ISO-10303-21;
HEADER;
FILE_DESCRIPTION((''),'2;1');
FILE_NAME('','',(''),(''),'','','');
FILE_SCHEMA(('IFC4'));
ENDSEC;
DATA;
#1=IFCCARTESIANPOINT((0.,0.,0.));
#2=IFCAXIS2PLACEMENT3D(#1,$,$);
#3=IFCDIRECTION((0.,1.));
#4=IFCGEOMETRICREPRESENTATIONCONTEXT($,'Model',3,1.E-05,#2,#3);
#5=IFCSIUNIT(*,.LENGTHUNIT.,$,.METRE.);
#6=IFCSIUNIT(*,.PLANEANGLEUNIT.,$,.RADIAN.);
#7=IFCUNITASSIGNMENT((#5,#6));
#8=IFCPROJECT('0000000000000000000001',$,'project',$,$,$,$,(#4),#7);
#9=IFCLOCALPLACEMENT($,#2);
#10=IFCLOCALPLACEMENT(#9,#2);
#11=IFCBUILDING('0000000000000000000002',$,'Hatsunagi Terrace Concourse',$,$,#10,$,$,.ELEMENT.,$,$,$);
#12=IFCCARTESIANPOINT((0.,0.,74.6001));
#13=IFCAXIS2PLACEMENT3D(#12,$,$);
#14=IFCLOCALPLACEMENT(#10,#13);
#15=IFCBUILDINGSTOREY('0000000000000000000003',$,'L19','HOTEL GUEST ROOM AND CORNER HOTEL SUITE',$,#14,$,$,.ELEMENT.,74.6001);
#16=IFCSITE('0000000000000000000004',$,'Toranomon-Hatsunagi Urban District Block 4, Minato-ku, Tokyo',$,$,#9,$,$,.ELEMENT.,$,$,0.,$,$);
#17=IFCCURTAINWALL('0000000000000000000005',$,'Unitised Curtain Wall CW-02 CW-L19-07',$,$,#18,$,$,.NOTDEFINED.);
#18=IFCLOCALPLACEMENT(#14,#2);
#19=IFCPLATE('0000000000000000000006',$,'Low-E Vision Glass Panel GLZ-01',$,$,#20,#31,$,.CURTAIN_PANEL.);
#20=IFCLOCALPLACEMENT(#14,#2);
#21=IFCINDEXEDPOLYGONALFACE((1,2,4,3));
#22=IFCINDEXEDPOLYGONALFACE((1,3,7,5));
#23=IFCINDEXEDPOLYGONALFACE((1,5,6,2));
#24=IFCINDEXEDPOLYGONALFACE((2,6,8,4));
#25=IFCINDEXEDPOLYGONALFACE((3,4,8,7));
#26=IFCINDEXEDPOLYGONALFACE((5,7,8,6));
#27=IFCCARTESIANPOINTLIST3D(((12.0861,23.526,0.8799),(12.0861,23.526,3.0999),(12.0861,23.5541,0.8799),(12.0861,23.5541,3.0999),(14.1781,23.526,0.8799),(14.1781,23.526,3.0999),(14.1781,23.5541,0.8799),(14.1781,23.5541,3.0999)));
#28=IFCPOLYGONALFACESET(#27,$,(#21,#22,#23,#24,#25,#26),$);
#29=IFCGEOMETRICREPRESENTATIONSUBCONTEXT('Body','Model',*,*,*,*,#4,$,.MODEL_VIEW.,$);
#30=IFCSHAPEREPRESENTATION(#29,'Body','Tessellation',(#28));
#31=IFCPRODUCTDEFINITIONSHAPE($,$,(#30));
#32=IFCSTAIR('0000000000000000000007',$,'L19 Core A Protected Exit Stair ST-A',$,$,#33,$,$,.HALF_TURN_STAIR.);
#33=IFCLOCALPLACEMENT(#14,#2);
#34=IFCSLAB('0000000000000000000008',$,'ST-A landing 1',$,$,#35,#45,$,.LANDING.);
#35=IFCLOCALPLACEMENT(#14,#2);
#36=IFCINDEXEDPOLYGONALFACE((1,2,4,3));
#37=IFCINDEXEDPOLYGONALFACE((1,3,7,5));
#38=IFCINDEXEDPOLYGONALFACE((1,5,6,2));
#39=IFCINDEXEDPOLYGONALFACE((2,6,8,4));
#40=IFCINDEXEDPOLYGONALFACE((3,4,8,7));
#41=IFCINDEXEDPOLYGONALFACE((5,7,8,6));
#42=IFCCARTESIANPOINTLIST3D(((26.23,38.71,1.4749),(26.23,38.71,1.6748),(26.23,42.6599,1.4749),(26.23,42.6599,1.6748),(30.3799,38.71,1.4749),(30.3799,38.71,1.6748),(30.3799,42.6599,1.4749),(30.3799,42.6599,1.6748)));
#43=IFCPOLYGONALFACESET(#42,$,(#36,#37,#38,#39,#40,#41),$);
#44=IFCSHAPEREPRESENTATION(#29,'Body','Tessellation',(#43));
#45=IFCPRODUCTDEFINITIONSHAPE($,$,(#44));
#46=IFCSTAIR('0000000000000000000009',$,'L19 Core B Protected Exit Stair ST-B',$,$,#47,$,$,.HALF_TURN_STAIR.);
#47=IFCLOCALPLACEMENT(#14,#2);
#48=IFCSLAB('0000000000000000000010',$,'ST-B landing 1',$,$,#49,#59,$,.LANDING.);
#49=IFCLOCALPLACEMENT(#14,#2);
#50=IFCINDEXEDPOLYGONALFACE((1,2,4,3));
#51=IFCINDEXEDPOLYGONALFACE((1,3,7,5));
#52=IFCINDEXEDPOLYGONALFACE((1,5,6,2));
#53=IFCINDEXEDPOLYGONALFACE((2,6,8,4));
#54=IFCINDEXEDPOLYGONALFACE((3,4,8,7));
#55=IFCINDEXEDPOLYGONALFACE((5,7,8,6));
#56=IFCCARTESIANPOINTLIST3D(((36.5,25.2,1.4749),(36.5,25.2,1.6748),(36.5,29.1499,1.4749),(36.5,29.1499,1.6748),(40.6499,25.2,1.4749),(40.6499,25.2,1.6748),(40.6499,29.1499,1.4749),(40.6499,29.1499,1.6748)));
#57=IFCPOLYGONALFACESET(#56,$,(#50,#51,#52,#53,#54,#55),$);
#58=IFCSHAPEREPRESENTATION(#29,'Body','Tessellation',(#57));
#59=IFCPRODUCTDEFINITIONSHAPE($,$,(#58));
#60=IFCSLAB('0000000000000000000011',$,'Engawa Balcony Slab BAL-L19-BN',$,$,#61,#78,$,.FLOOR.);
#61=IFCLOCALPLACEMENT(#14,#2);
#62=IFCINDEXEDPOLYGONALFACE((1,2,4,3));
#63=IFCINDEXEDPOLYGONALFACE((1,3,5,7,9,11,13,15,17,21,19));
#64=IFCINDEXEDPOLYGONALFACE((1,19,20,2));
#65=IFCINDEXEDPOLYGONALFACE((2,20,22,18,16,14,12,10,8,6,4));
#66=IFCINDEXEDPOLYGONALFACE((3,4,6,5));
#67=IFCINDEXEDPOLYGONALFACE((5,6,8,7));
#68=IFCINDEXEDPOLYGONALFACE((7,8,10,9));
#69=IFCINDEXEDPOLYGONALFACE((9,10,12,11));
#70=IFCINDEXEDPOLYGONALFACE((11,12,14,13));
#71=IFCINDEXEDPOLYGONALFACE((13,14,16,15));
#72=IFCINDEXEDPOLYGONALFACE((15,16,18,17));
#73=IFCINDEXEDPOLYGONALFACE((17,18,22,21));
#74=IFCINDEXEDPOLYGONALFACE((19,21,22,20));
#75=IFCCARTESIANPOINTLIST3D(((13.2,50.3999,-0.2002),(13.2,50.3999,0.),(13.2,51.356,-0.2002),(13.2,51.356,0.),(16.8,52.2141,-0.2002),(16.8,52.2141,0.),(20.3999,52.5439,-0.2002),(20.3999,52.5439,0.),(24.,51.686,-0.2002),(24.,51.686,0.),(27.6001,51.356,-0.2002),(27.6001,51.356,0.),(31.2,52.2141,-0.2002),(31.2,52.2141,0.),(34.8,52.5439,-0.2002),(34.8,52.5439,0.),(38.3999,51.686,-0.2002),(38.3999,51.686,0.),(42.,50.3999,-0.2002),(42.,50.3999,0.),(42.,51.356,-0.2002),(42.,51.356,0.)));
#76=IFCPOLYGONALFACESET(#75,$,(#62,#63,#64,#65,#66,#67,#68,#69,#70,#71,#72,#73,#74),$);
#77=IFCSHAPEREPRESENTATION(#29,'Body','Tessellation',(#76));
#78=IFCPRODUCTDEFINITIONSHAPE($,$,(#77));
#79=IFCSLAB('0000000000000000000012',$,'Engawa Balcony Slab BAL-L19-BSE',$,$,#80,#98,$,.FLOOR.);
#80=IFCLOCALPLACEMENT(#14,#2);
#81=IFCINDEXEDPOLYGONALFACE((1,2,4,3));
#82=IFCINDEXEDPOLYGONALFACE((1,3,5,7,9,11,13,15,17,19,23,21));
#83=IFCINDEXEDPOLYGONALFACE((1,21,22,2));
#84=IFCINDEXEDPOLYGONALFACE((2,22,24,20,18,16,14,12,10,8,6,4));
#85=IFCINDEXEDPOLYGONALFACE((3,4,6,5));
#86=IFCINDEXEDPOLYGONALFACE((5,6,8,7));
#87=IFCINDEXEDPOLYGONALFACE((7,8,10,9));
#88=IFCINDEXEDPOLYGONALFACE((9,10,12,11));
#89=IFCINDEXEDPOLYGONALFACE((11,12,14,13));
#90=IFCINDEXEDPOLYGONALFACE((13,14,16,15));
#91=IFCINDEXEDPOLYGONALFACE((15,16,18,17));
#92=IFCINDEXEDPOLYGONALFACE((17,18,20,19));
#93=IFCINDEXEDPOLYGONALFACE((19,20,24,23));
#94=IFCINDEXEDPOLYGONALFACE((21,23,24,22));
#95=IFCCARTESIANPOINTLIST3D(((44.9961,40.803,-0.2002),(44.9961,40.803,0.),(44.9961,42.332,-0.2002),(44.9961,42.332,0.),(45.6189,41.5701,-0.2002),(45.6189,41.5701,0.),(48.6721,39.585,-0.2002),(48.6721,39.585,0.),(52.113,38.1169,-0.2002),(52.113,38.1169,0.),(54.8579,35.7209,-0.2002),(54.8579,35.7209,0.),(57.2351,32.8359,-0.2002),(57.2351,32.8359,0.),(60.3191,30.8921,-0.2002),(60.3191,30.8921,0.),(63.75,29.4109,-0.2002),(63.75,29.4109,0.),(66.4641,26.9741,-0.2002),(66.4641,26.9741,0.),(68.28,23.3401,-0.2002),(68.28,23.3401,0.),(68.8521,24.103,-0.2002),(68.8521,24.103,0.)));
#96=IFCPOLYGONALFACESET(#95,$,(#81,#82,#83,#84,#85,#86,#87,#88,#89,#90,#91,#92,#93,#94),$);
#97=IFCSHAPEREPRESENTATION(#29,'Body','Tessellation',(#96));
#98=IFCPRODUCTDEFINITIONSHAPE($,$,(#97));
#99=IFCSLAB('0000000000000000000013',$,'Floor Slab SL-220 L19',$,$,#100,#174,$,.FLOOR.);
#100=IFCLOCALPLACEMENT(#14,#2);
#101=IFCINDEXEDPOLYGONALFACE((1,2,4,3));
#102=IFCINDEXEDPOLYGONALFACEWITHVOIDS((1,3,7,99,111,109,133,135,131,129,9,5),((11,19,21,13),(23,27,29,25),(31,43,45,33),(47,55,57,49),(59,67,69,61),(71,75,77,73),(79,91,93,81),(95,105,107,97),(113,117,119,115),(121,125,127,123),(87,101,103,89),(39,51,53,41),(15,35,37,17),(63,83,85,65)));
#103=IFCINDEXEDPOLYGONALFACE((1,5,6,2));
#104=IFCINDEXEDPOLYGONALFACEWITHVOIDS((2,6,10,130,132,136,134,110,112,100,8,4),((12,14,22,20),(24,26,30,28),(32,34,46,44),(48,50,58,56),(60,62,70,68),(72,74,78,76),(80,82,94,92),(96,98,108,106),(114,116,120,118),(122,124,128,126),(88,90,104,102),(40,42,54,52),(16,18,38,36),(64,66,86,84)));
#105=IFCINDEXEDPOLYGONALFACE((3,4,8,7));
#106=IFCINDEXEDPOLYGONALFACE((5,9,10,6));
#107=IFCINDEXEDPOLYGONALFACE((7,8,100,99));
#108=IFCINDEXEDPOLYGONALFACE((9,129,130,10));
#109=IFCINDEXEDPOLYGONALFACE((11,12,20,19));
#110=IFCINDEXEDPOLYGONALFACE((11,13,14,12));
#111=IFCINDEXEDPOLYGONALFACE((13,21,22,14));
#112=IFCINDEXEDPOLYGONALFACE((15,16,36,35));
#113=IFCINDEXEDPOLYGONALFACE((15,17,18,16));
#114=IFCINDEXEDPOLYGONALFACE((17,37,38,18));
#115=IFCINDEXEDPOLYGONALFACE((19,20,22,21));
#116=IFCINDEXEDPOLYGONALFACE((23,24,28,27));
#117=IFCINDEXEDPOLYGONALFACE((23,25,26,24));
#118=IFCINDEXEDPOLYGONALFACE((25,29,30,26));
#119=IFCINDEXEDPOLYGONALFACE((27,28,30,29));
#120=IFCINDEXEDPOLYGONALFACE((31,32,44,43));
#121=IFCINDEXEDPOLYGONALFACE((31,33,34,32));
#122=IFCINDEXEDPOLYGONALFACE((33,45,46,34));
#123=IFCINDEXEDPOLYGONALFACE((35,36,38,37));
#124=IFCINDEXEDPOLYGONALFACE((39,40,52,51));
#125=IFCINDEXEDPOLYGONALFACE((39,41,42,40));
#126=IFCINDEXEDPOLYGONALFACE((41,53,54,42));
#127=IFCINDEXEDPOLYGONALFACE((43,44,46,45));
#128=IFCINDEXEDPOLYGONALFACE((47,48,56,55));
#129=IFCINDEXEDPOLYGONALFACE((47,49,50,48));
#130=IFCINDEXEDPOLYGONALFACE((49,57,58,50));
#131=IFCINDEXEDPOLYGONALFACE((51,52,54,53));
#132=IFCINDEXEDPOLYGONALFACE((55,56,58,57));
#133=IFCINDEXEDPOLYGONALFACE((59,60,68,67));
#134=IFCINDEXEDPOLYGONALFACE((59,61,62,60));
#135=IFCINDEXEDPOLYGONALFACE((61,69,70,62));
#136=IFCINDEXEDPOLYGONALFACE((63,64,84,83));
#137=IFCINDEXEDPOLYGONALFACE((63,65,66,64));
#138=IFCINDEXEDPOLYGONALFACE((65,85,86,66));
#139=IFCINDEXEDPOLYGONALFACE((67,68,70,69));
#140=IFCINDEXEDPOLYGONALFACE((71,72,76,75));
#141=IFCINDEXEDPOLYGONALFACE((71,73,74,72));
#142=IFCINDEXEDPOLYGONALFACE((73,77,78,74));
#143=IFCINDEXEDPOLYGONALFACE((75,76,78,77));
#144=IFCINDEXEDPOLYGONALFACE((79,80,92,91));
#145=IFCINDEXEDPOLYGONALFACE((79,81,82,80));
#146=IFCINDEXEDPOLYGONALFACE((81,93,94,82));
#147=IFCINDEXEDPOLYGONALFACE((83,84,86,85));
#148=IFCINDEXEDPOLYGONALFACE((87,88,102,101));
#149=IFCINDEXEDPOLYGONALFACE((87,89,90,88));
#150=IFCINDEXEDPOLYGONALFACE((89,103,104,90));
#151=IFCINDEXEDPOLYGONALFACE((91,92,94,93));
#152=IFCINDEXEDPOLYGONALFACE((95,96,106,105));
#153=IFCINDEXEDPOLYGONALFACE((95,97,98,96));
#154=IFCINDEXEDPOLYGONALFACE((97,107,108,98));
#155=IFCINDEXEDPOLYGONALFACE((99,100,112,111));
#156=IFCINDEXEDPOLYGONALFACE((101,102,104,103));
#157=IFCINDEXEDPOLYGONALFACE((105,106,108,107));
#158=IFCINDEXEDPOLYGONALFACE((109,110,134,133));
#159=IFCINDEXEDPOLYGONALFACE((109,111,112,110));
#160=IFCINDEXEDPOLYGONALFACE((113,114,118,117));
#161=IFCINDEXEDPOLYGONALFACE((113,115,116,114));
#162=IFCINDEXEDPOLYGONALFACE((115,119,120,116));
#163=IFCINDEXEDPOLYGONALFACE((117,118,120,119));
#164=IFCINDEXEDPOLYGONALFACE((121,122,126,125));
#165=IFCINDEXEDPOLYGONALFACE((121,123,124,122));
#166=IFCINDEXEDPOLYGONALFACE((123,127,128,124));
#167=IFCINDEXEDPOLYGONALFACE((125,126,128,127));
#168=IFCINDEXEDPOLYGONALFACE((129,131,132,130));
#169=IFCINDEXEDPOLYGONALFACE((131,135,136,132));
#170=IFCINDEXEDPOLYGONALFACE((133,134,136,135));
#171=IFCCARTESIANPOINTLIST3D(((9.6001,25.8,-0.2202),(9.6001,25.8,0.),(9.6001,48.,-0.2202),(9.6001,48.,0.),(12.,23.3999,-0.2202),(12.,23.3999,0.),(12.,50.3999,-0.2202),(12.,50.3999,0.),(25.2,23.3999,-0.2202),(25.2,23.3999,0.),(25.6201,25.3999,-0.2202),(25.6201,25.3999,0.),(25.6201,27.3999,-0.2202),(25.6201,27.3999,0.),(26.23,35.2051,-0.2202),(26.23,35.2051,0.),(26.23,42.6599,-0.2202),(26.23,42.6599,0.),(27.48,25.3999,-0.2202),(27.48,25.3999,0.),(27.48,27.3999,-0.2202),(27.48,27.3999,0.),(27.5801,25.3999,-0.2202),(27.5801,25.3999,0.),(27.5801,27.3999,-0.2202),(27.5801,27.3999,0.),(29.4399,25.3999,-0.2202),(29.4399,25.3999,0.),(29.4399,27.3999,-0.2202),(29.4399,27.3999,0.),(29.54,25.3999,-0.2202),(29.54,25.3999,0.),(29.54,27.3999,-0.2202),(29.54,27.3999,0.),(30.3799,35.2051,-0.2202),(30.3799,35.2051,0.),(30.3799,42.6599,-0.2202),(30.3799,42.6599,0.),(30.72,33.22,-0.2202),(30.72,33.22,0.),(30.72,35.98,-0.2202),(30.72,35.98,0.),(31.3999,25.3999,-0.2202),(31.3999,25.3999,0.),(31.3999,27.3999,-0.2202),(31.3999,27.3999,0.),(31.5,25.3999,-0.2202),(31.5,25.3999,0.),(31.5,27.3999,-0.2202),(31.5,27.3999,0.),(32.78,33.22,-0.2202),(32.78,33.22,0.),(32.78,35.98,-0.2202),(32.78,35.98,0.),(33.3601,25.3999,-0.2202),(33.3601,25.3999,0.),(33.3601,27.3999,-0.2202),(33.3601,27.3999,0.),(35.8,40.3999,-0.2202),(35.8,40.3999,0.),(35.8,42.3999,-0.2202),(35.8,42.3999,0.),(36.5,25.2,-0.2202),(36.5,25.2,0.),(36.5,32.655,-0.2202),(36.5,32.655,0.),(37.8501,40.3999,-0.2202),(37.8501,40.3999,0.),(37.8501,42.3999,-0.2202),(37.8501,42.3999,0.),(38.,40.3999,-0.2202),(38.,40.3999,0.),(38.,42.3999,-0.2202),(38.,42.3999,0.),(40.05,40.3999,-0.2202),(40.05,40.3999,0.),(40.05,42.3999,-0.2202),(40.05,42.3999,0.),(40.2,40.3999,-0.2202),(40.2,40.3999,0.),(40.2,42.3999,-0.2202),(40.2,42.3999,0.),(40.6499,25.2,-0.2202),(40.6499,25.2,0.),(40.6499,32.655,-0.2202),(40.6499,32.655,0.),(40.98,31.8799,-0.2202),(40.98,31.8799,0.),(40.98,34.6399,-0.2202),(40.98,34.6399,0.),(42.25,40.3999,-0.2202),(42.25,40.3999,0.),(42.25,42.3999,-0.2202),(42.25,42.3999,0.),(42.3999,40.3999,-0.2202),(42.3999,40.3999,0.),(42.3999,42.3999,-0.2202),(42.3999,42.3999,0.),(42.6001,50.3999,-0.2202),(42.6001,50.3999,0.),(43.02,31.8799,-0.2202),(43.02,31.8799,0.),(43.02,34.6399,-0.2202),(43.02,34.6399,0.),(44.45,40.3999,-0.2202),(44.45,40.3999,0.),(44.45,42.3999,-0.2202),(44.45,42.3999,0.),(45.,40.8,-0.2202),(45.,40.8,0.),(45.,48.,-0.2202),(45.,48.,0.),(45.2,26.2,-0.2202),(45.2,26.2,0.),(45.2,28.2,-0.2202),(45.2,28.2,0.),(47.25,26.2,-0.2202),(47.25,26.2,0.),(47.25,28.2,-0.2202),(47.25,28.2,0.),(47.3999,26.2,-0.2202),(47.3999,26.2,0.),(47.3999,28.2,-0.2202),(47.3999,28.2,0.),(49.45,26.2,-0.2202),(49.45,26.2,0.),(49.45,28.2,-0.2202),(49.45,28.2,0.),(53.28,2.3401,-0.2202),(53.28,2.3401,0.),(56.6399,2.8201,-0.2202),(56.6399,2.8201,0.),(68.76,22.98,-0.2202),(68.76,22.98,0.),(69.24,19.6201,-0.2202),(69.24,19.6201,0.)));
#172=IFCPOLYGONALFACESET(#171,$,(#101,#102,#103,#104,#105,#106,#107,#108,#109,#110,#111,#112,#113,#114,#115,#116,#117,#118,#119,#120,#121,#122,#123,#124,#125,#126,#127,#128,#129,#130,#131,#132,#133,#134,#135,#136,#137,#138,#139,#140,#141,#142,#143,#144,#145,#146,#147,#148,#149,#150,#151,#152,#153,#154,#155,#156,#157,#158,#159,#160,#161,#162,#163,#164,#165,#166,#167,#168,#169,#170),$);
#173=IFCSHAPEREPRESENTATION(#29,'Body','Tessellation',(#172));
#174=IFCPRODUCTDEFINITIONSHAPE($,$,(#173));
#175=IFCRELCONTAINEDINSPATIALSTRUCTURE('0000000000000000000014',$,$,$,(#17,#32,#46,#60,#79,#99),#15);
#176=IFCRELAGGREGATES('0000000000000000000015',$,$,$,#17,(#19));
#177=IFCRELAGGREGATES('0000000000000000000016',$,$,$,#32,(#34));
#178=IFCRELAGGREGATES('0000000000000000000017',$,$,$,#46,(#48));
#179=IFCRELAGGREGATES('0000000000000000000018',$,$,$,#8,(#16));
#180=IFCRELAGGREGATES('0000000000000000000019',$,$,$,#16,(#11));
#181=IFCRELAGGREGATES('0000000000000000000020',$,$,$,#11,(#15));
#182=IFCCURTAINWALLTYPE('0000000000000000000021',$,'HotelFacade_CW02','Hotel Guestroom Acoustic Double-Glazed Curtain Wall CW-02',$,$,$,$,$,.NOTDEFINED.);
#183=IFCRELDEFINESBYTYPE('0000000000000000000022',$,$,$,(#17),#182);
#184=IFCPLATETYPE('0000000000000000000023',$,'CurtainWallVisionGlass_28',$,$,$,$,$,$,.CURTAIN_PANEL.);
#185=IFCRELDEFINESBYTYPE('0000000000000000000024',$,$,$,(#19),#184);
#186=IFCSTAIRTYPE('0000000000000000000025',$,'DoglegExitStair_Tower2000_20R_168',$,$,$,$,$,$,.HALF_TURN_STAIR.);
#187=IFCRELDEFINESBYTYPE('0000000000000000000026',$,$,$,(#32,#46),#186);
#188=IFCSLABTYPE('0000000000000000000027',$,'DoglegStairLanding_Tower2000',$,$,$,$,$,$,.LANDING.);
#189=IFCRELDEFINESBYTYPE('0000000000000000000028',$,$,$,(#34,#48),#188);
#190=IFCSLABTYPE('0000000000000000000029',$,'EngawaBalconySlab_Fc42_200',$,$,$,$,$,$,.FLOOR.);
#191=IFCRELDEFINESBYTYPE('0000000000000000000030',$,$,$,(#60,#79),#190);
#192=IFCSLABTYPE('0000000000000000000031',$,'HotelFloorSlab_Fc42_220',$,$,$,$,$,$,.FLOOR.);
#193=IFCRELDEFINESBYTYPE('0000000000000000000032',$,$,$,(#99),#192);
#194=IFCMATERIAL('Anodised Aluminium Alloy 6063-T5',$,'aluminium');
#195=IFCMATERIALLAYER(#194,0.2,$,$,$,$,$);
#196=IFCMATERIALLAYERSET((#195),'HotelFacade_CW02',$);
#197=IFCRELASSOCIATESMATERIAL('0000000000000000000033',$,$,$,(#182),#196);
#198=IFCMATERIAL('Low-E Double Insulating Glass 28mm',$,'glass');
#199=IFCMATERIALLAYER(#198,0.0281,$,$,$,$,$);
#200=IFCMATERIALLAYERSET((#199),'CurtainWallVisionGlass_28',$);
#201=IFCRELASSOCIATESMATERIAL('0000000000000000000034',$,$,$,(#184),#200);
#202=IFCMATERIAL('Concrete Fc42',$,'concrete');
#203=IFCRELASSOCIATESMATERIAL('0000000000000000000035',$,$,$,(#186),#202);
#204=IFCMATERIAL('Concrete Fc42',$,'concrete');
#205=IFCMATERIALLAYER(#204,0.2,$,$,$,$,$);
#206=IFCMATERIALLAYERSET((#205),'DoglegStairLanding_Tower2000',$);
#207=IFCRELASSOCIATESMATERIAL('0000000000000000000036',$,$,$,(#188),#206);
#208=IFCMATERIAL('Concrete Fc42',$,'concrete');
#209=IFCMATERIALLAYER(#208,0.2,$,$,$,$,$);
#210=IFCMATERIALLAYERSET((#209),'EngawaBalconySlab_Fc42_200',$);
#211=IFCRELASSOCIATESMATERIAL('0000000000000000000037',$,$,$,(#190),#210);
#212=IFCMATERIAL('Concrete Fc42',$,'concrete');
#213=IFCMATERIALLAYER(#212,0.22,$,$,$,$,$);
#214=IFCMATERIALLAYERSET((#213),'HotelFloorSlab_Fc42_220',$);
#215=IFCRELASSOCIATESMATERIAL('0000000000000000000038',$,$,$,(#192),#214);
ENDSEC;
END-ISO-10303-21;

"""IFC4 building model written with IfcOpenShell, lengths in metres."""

from ifc_helpers import new_model, si_unit, direction, frame, origin, origin_2d, place, context, subcontext, project, spatial, polyline, rectangle, outline, extrude, material, layer, layer_set, type_object, element, aggregate, save


model = new_model("IFC4")

# Units and contexts
model_context = context("Model", 3, precision=1e-05, world=origin(), true_north=direction((0.0, 1.0)))
body_context = subcontext(model_context, "Body", "Model", "MODEL_VIEW")
ifc_project = project(units=[si_unit("LENGTHUNIT", "METRE"), si_unit("PLANEANGLEUNIT", "RADIAN")], contexts=[model_context])

# Site, building, storey
site_placement = place(None, origin())
site = spatial("IfcSite", under=ifc_project, at=site_placement, Name="Toranomon-Hatsunagi Urban District Block 4, Minato-ku, Tokyo", CompositionType="ELEMENT", RefElevation=0.0)
building_placement = place(site_placement, origin())
building = spatial("IfcBuilding", under=site, at=building_placement, Name="Hatsunagi Terrace Concourse", CompositionType="ELEMENT")
storey_placement = place(building_placement, frame((0.0, 0.0, 74.6001)))
storey = spatial("IfcBuildingStorey", under=building, at=storey_placement, Name="L19", Description="HOTEL GUEST ROOM AND CORNER HOTEL SUITE", CompositionType="ELEMENT", Elevation=74.6001)

# Curtain wall
ifc_material_1 = material(Name="Anodised Aluminium Alloy 6063-T5", Category="aluminium")
ifc_layer_1 = layer(ifc_material_1, 0.2)
ifc_layer_set_1 = layer_set([ifc_layer_1], Name="HotelFacade_CW02")
curtain_wall_type = type_object("IfcCurtainWallType", Name="HotelFacade_CW02", Description="Hotel Guestroom Acoustic Double-Glazed Curtain Wall CW-02", PredefinedType="NOTDEFINED", material=ifc_layer_set_1)
curtain_wall_placement = place(storey_placement, origin())
curtain_wall = element("IfcCurtainWall", 1, at=curtain_wall_placement, inside=storey, type_object=curtain_wall_type, Name="Unitised Curtain Wall CW-02 CW-L19-07", PredefinedType="NOTDEFINED")

# Plate
ifc_material_2 = material(Name="Low-E Double Insulating Glass 28mm", Category="glass")
ifc_layer_2 = layer(ifc_material_2, 0.0281)
ifc_layer_set_2 = layer_set([ifc_layer_2], Name="CurtainWallVisionGlass_28")
plate_type_1 = type_object("IfcPlateType", Name="CurtainWallVisionGlass_28", PredefinedType="CURTAIN_PANEL", material=ifc_layer_set_2)
plate_1_placement = place(storey_placement, frame((13.1321, 23.54, 0.8799), z_axis=(0.0, 0.0, 1.0), x_axis=(-1.0, 0.0, 0.0)))
plate_1 = element("IfcPlate", 2, at=plate_1_placement, type_object=plate_type_1, Name="Low-E Vision Glass Panel GLZ-01", PredefinedType="CURTAIN_PANEL", context=body_context, shape_type="SweptSolid", body=[
    extrude(rectangle(XDim=2.092, YDim=0.0281, at=origin_2d()), origin(), (0.0, 0.0, 1.0), 2.22),
])
aggregate(curtain_wall, [plate_1])

# Stairs, slabs
ifc_material_3 = material(Name="Concrete Fc42", Category="concrete")
stair_type = type_object("IfcStairType", Name="DoglegExitStair_Tower2000_20R_168", PredefinedType="HALF_TURN_STAIR", material=ifc_material_3)
stair_1_placement = place(storey_placement, origin())
stair_1 = element("IfcStair", 3, at=stair_1_placement, inside=storey, type_object=stair_type, Name="L19 Core A Protected Exit Stair ST-A", PredefinedType="HALF_TURN_STAIR")
ifc_material_4 = material(Name="Concrete Fc42", Category="concrete")
ifc_layer_3 = layer(ifc_material_4, 0.2)
ifc_layer_set_3 = layer_set([ifc_layer_3], Name="DoglegStairLanding_Tower2000")
slab_type_1 = type_object("IfcSlabType", Name="DoglegStairLanding_Tower2000", PredefinedType="LANDING", material=ifc_layer_set_3)
slab_1_placement = place(storey_placement, frame((0.0, 0.0, 1.4749)))
slab_1 = element("IfcSlab", 4, at=slab_1_placement, type_object=slab_type_1, Name="ST-A landing 1", PredefinedType="LANDING", context=body_context, shape_type="SweptSolid", body=[
    extrude(outline(polyline([(30.3799, 38.71), (30.3799, 42.6599), (26.23, 42.6599), (26.23, 38.71), (30.3799, 38.71)])), origin(), (0.0, 0.0, 1.0), 0.2),
])
aggregate(stair_1, [slab_1])
stair_2_placement = place(storey_placement, origin())
stair_2 = element("IfcStair", 5, at=stair_2_placement, inside=storey, type_object=stair_type, Name="L19 Core B Protected Exit Stair ST-B", PredefinedType="HALF_TURN_STAIR")
slab_2_placement = place(storey_placement, frame((0.0, 0.0, 1.4749)))
slab_2 = element("IfcSlab", 6, at=slab_2_placement, type_object=slab_type_1, Name="ST-B landing 1", PredefinedType="LANDING", context=body_context, shape_type="SweptSolid", body=[
    extrude(outline(polyline([(36.5, 29.1499), (36.5, 25.2), (40.6499, 25.2), (40.6499, 29.1499), (36.5, 29.1499)])), origin(), (0.0, 0.0, 1.0), 0.2),
])
aggregate(stair_2, [slab_2])

# Slabs
ifc_material_5 = material(Name="Concrete Fc42", Category="concrete")
ifc_layer_4 = layer(ifc_material_5, 0.2)
ifc_layer_set_4 = layer_set([ifc_layer_4], Name="EngawaBalconySlab_Fc42_200")
slab_type_2 = type_object("IfcSlabType", Name="EngawaBalconySlab_Fc42_200", PredefinedType="FLOOR", material=ifc_layer_set_4)
slab_3_placement = place(storey_placement, frame((0.0, 0.0, -0.2002)))
element("IfcSlab", 7, at=slab_3_placement, inside=storey, type_object=slab_type_2, Name="Engawa Balcony Slab BAL-L19-BN", PredefinedType="FLOOR", context=body_context, shape_type="SweptSolid", body=[
    extrude(outline(polyline([(13.2, 51.356), (13.2, 50.3999), (42.0, 50.3999), (42.0, 51.356), (38.3999, 51.686), (34.8, 52.5439), (31.2, 52.2141), (27.6001, 51.356), (24.0, 51.686), (20.3999, 52.5439), (16.8, 52.2141), (13.2, 51.356)])), origin(), (0.0, 0.0, 1.0), 0.2002),
])
slab_4_placement = place(storey_placement, frame((0.0, 0.0, -0.2002)))
element("IfcSlab", 8, at=slab_4_placement, inside=storey, type_object=slab_type_2, Name="Engawa Balcony Slab BAL-L19-BSE", PredefinedType="FLOOR", context=body_context, shape_type="SweptSolid", body=[
    extrude(outline(polyline([(45.6189, 41.5701), (44.9961, 42.332), (44.9961, 40.803), (68.28, 23.3401), (68.8521, 24.103), (66.4641, 26.9741), (63.75, 29.4109), (60.3191, 30.8921), (57.2351, 32.8359), (54.8579, 35.7209), (52.113, 38.1169), (48.6721, 39.585), (45.6189, 41.5701)])), origin(), (0.0, 0.0, 1.0), 0.2002),
])
ifc_material_6 = material(Name="Concrete Fc42", Category="concrete")
ifc_layer_5 = layer(ifc_material_6, 0.22)
ifc_layer_set_5 = layer_set([ifc_layer_5], Name="HotelFloorSlab_Fc42_220")
slab_type_3 = type_object("IfcSlabType", Name="HotelFloorSlab_Fc42_220", PredefinedType="FLOOR", material=ifc_layer_set_5)
slab_5_placement = place(storey_placement, frame((0.0, 0.0, -0.2202)))
element("IfcSlab", 9, at=slab_5_placement, inside=storey, type_object=slab_type_3, Name="Floor Slab SL-220 L19", PredefinedType="FLOOR", context=body_context, shape_type="SweptSolid", body=[
    extrude(outline(polyline([(45.0, 40.8), (45.0, 48.0), (42.6001, 50.3999), (12.0, 50.3999), (9.6001, 48.0), (9.6001, 25.8), (12.0, 23.3999), (25.2, 23.3999), (53.28, 2.3401), (56.6399, 2.8201), (69.24, 19.6201), (68.76, 22.98), (45.0, 40.8)]), holes=[polyline([(26.23, 35.2051), (30.3799, 35.2051), (30.3799, 42.6599), (26.23, 42.6599), (26.23, 35.2051)]), polyline([(36.5, 25.2), (40.6499, 25.2), (40.6499, 32.655), (36.5, 32.655), (36.5, 25.2)]), polyline([(30.72, 33.22), (32.78, 33.22), (32.78, 35.98), (30.72, 35.98), (30.72, 33.22)]), polyline([(40.98, 31.8799), (43.02, 31.8799), (43.02, 34.6399), (40.98, 34.6399), (40.98, 31.8799)]), polyline([(25.6201, 25.3999), (27.48, 25.3999), (27.48, 27.3999), (25.6201, 27.3999), (25.6201, 25.3999)]), polyline([(27.5801, 25.3999), (29.4399, 25.3999), (29.4399, 27.3999), (27.5801, 27.3999), (27.5801, 25.3999)]), polyline([(29.54, 25.3999), (31.3999, 25.3999), (31.3999, 27.3999), (29.54, 27.3999), (29.54, 25.3999)]), polyline([(31.5, 25.3999), (33.3601, 25.3999), (33.3601, 27.3999), (31.5, 27.3999), (31.5, 25.3999)]), polyline([(35.8, 40.3999), (37.8501, 40.3999), (37.8501, 42.3999), (35.8, 42.3999), (35.8, 40.3999)]), polyline([(38.0, 40.3999), (40.05, 40.3999), (40.05, 42.3999), (38.0, 42.3999), (38.0, 40.3999)]), polyline([(40.2, 40.3999), (42.25, 40.3999), (42.25, 42.3999), (40.2, 42.3999), (40.2, 40.3999)]), polyline([(42.3999, 40.3999), (44.45, 40.3999), (44.45, 42.3999), (42.3999, 42.3999), (42.3999, 40.3999)]), polyline([(45.2, 26.2), (47.25, 26.2), (47.25, 28.2), (45.2, 28.2), (45.2, 26.2)]), polyline([(47.3999, 26.2), (49.45, 26.2), (49.45, 28.2), (47.3999, 28.2), (47.3999, 26.2)])]), origin(), (0.0, 0.0, 1.0), 0.2202),
])

save(model, "model.ifc")
